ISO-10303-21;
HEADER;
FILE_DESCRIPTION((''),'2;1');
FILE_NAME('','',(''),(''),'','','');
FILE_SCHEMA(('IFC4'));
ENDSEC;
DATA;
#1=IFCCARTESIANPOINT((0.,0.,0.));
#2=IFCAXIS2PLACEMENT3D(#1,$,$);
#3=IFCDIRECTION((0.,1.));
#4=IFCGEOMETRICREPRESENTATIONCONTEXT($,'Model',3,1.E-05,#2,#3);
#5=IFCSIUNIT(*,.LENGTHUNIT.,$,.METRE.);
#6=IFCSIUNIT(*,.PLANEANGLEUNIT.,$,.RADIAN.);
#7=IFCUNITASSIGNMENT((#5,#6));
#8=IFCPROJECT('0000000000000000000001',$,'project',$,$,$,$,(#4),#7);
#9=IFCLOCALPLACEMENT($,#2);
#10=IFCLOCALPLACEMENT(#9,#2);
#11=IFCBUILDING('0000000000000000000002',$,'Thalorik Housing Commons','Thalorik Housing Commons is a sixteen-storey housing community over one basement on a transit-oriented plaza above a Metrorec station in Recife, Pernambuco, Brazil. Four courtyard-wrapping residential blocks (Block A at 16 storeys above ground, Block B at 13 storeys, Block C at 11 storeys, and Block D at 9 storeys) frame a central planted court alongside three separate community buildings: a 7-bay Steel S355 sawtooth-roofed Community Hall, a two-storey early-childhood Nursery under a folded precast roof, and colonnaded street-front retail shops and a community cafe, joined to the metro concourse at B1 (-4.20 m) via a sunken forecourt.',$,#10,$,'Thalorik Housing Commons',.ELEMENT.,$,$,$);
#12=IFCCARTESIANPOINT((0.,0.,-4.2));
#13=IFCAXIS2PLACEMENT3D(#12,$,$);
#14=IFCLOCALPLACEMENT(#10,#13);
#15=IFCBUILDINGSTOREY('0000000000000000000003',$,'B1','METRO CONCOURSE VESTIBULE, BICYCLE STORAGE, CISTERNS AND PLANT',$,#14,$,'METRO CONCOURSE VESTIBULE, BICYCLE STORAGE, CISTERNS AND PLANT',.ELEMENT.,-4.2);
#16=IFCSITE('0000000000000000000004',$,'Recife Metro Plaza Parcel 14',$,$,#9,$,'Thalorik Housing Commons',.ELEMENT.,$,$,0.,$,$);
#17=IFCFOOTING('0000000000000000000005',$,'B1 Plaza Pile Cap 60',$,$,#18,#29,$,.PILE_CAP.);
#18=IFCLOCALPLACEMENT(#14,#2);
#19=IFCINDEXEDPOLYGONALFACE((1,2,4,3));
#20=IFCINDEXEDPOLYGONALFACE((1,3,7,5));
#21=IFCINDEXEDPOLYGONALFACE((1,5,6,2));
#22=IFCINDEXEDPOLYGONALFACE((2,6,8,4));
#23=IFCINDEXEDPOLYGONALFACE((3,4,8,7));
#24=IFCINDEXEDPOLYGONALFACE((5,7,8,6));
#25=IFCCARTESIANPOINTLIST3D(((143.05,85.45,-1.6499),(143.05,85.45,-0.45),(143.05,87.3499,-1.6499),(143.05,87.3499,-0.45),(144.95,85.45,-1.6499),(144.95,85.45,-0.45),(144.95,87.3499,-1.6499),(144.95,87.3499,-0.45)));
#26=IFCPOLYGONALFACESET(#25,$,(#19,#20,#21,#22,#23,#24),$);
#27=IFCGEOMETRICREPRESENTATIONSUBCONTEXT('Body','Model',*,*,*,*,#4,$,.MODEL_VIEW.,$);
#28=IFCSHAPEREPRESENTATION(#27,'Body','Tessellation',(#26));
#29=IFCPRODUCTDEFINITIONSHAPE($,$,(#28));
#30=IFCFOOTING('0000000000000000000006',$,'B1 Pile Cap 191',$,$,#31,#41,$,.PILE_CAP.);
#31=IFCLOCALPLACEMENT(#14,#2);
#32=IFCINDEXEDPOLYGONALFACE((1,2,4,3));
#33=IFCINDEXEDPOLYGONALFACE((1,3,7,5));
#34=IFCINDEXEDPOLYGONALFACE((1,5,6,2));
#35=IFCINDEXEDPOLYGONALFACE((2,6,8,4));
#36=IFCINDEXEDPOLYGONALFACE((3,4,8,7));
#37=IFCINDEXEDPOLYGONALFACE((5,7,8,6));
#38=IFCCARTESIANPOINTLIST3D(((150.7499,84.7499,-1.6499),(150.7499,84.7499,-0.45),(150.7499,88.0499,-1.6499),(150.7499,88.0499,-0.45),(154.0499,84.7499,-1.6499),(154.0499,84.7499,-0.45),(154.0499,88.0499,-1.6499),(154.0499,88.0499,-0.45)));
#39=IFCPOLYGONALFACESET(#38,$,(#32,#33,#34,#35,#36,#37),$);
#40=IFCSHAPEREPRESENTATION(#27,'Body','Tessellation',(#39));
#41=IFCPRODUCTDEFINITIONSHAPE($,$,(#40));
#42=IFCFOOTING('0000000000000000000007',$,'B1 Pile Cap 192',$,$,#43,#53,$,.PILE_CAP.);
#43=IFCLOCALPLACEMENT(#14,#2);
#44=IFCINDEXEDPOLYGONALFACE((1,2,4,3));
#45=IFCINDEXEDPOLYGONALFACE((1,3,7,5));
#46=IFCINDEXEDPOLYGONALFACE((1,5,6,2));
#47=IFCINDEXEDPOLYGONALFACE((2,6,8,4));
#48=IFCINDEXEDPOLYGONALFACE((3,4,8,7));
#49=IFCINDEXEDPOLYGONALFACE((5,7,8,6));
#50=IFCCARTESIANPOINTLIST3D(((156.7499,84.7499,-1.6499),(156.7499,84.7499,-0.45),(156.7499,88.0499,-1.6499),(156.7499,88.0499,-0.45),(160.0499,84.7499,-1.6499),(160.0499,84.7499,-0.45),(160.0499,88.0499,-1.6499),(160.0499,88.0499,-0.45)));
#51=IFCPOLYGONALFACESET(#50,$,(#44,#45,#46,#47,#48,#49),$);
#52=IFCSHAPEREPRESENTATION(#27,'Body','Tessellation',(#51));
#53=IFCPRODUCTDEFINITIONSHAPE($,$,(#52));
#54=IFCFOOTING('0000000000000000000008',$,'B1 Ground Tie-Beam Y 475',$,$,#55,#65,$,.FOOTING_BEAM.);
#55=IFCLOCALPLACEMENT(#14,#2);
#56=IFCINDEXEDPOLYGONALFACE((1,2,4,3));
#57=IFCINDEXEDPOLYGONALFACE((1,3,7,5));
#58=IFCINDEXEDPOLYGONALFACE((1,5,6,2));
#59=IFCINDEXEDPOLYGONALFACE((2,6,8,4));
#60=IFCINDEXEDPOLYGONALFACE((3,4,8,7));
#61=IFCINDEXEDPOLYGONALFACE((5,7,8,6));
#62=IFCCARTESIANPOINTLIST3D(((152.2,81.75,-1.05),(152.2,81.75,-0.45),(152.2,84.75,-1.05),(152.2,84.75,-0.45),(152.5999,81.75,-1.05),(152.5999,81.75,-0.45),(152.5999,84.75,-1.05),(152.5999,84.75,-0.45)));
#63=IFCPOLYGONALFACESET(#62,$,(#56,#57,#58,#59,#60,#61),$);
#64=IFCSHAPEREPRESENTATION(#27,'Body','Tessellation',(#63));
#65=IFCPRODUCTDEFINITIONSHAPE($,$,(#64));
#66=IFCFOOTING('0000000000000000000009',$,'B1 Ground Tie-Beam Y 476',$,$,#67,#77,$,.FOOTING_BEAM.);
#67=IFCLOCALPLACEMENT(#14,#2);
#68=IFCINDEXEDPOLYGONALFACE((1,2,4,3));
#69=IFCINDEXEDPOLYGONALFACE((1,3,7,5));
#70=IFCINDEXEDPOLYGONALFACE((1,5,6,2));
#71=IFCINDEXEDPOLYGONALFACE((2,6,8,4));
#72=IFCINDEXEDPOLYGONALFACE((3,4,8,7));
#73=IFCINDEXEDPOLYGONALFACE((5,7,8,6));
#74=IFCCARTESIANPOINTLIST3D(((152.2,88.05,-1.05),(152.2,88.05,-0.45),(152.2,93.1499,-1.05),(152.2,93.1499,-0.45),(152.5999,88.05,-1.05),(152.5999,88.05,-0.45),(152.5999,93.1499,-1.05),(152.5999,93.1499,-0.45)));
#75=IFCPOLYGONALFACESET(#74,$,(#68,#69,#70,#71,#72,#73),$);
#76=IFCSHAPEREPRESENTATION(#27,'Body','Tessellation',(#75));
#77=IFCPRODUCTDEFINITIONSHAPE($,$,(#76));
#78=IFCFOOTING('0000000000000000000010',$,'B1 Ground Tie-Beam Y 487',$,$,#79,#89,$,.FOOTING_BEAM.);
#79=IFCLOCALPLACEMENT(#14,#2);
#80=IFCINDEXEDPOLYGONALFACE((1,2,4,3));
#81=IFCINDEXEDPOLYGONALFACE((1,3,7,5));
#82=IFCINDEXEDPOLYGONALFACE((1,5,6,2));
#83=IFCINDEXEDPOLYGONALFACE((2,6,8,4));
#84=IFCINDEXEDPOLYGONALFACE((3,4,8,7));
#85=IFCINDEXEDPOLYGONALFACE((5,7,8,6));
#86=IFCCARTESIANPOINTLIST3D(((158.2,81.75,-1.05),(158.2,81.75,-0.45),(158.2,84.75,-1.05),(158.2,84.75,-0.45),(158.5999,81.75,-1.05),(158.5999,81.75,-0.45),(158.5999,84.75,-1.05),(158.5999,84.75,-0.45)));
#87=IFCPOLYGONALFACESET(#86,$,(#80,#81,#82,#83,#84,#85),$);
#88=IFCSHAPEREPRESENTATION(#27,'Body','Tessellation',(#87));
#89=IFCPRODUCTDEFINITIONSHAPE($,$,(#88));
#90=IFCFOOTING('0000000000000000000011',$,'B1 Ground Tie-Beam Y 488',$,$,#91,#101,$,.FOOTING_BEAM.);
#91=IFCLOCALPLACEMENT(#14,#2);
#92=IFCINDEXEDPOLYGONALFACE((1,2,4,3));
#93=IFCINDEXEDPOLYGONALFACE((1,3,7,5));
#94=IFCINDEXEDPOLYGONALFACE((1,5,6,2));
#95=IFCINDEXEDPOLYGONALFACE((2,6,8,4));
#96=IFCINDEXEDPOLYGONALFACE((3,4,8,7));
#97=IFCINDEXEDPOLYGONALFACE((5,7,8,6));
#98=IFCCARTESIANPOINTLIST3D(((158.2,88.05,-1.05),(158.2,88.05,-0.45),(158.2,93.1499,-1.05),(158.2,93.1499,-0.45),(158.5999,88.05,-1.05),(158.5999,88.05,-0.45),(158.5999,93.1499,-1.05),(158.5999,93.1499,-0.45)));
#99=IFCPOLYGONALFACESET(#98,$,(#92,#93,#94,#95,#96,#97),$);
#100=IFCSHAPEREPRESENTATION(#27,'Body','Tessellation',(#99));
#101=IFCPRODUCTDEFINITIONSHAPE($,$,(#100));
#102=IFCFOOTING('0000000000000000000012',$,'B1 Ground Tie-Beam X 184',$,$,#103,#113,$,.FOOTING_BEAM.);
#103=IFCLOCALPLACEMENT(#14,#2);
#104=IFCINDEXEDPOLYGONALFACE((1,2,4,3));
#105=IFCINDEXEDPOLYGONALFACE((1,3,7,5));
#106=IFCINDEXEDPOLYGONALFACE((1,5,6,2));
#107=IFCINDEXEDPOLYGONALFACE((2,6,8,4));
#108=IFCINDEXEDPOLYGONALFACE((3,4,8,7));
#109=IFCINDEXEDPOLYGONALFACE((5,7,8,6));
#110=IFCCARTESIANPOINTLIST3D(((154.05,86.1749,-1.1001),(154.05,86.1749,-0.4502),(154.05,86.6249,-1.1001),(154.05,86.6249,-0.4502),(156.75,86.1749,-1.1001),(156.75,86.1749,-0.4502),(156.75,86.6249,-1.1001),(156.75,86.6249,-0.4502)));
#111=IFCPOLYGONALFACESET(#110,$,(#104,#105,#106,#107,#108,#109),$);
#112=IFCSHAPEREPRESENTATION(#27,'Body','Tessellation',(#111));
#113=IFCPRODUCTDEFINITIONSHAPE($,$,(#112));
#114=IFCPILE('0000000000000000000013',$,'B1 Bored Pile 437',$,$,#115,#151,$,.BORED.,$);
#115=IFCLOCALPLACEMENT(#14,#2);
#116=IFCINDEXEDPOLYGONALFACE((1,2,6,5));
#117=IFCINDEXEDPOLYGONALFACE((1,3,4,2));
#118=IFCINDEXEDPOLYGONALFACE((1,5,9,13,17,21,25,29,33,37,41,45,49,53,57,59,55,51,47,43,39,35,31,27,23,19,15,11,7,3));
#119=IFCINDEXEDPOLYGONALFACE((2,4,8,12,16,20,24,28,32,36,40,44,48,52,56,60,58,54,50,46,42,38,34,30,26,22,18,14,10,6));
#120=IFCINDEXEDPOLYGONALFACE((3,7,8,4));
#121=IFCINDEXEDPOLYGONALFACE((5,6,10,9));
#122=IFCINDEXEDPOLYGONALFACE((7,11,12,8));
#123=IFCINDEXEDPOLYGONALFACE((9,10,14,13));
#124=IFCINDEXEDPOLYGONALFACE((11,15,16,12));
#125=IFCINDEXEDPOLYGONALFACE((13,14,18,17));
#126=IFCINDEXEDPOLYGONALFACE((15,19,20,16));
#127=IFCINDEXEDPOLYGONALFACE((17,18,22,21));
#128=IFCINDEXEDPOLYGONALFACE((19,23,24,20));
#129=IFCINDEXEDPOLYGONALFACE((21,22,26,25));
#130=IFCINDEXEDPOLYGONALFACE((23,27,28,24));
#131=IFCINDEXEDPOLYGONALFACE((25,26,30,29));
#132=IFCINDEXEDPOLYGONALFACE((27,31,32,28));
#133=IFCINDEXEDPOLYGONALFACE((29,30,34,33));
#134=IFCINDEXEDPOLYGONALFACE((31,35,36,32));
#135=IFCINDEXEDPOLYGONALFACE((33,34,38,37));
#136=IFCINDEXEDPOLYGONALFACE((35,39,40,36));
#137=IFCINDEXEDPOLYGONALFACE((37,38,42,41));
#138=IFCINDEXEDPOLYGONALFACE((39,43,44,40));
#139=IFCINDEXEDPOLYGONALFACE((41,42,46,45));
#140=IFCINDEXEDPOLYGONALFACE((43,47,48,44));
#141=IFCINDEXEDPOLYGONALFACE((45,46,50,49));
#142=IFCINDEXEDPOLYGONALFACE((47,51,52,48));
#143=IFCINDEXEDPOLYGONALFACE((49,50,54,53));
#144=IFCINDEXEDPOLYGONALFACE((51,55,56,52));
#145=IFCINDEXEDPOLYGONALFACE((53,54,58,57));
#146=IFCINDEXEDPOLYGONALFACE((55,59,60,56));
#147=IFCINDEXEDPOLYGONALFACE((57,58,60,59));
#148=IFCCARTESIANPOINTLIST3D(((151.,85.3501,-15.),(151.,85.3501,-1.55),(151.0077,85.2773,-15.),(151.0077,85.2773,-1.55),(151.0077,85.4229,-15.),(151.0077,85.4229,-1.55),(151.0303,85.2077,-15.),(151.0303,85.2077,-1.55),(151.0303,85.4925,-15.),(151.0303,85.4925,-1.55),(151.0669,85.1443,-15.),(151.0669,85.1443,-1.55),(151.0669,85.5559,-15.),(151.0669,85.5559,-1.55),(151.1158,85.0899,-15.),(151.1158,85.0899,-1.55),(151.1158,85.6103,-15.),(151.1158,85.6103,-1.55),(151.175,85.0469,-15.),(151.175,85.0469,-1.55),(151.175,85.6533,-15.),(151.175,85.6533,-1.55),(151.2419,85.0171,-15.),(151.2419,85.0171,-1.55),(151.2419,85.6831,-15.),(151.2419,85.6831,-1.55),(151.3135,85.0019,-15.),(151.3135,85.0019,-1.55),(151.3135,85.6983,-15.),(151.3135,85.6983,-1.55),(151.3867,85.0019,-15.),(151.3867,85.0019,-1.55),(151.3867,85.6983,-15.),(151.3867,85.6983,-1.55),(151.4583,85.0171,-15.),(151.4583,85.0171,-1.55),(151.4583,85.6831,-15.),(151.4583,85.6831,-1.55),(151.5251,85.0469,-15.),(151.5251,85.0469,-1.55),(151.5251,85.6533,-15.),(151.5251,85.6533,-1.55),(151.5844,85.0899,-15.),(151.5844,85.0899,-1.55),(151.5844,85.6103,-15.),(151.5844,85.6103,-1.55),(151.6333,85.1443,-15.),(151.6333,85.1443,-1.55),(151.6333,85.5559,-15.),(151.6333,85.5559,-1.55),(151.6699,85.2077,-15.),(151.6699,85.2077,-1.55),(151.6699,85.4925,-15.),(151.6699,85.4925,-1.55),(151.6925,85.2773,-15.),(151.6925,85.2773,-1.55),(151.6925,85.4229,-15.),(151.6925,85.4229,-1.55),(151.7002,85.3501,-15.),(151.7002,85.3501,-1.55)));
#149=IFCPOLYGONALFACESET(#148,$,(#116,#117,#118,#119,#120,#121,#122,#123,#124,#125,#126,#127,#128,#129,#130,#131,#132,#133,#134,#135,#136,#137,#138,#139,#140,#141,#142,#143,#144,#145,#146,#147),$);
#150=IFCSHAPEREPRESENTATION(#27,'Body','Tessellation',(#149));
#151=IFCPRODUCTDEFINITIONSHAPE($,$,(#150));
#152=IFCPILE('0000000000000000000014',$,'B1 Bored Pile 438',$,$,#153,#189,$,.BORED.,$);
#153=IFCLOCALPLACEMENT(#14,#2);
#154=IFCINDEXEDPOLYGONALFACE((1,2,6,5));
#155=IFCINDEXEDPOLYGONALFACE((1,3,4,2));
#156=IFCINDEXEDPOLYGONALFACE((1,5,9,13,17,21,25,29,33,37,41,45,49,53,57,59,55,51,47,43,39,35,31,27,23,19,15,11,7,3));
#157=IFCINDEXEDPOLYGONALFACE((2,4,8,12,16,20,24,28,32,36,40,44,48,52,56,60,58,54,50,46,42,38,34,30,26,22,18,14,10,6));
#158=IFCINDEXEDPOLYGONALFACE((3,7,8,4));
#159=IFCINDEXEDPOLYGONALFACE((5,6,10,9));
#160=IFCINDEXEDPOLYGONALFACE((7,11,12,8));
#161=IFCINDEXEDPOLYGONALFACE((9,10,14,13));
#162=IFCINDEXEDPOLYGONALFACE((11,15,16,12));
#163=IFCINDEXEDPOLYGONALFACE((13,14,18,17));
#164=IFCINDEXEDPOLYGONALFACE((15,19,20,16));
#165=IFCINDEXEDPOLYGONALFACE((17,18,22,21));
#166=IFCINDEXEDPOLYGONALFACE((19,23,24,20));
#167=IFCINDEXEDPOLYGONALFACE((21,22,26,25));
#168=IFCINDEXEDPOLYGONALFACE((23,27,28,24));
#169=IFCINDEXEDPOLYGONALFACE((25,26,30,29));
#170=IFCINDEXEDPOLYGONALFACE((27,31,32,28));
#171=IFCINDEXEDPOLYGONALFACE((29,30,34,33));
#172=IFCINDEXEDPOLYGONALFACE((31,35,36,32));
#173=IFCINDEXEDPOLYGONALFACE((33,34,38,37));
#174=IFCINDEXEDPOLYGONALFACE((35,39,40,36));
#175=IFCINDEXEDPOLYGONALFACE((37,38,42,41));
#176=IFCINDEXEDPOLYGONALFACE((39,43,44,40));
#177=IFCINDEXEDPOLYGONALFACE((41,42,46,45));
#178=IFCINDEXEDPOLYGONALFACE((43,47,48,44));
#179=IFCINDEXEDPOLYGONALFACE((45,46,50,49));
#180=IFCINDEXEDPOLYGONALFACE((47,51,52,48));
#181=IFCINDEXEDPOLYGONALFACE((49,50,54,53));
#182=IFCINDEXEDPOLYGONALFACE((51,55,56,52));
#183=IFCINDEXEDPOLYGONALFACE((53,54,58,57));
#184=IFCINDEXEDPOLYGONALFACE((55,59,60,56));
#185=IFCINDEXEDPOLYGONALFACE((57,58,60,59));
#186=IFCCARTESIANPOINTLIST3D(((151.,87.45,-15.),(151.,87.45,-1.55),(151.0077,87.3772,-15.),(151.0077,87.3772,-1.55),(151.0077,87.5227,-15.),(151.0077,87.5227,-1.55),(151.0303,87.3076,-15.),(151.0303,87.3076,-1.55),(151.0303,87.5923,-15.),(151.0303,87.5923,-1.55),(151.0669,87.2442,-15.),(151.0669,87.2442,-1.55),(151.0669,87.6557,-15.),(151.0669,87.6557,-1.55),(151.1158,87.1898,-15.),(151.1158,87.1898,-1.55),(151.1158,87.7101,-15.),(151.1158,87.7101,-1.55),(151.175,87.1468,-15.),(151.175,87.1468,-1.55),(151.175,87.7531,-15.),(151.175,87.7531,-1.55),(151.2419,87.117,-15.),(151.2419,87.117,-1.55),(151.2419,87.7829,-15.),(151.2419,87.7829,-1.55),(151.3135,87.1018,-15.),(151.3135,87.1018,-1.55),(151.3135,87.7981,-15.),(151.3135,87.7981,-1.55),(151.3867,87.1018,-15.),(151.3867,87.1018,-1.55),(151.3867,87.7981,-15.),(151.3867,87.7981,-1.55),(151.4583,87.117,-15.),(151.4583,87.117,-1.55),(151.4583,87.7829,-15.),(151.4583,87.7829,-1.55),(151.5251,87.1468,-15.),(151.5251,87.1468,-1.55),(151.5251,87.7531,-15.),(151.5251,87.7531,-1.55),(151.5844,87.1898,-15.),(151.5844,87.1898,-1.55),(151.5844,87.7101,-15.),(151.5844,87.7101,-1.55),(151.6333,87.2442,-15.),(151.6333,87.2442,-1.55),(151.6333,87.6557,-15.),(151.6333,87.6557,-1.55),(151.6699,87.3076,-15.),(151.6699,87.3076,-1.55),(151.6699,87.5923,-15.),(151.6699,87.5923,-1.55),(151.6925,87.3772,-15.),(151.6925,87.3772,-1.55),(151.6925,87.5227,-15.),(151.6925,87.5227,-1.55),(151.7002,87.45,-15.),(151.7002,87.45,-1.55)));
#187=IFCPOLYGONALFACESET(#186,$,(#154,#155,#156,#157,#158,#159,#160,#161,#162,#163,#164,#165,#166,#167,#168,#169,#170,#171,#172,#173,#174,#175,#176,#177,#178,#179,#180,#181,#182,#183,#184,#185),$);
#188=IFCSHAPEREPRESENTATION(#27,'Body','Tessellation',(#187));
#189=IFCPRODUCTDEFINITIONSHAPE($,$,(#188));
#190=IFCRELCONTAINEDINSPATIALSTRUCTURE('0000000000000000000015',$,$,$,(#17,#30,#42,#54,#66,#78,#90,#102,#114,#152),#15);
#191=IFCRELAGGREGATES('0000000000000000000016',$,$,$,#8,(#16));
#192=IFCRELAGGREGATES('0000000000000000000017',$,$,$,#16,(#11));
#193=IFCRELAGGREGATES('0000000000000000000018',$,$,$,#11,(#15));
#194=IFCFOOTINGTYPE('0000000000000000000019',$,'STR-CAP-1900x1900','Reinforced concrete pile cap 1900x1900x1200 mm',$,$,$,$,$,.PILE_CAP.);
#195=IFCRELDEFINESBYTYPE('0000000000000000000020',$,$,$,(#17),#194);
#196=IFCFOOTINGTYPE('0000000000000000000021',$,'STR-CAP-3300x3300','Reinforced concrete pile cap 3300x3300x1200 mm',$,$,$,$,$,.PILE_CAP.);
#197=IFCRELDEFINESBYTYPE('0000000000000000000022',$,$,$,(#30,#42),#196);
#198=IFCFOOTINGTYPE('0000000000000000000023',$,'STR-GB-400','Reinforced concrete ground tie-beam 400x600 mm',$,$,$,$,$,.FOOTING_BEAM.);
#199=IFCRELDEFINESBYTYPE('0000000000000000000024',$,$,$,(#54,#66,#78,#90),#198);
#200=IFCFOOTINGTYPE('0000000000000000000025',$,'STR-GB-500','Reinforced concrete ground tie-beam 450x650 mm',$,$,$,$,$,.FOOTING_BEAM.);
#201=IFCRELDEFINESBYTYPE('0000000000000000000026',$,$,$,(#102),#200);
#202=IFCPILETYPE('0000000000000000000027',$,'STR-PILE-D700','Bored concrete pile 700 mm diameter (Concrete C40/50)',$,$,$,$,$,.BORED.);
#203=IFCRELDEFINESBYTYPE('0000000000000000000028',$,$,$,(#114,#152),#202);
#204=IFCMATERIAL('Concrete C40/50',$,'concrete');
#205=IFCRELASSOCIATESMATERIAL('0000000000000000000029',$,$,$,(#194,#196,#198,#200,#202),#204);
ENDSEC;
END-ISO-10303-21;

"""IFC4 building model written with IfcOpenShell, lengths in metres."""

from ifc_helpers import new_model, si_unit, direction, frame, origin, origin_2d, place, context, subcontext, project, spatial, rectangle, circle, extrude, material, material_profile, profile_set, type_object, element, save


model = new_model("IFC4")

# Units and contexts
model_context = context("Model", 3, precision=1e-05, world=origin(), true_north=direction((0.0, 1.0)))
body_context = subcontext(model_context, "Body", "Model", "MODEL_VIEW")
ifc_project = project(units=[si_unit("LENGTHUNIT", "METRE"), si_unit("PLANEANGLEUNIT", "RADIAN")], contexts=[model_context])

# Site, building, storey
site_placement = place(None, origin())
site = spatial("IfcSite", under=ifc_project, at=site_placement, Name="Recife Metro Plaza Parcel 14", LongName="Thalorik Housing Commons", CompositionType="ELEMENT", RefElevation=0.0)
building_placement = place(site_placement, origin())
building = spatial("IfcBuilding", under=site, at=building_placement, Name="Thalorik Housing Commons", Description="Thalorik Housing Commons is a sixteen-storey housing community over one basement on a transit-oriented plaza above a Metrorec station in Recife, Pernambuco, Brazil. Four courtyard-wrapping residential blocks (Block A at 16 storeys above ground, Block B at 13 storeys, Block C at 11 storeys, and Block D at 9 storeys) frame a central planted court alongside three separate community buildings: a 7-bay Steel S355 sawtooth-roofed Community Hall, a two-storey early-childhood Nursery under a folded precast roof, and colonnaded street-front retail shops and a community cafe, joined to the metro concourse at B1 (-4.20 m) via a sunken forecourt.", LongName="Thalorik Housing Commons", CompositionType="ELEMENT")
storey_placement = place(building_placement, frame((0.0, 0.0, -4.2)))
storey = spatial("IfcBuildingStorey", under=building, at=storey_placement, Name="B1", Description="METRO CONCOURSE VESTIBULE, BICYCLE STORAGE, CISTERNS AND PLANT", LongName="METRO CONCOURSE VESTIBULE, BICYCLE STORAGE, CISTERNS AND PLANT", CompositionType="ELEMENT", Elevation=-4.2)

# Footings
ifc_material_1 = material(Name="Concrete C40/50", Category="concrete")
footing_type_1 = type_object("IfcFootingType", Name="STR-CAP-1900x1900", Description="Reinforced concrete pile cap 1900x1900x1200 mm", PredefinedType="PILE_CAP", material=ifc_material_1)
footing_1_placement = place(storey_placement, frame((144.0, 86.3999, -1.6499), z_axis=(0.0, 0.0, 1.0), x_axis=(1.0, 0.0, 0.0)))
element("IfcFooting", 1, at=footing_1_placement, inside=storey, type_object=footing_type_1, Name="B1 Plaza Pile Cap 60", PredefinedType="PILE_CAP", context=body_context, shape_type="SweptSolid", body=[
    extrude(rectangle(XDim=1.8999, YDim=1.8999, at=origin_2d()), origin(), (0.0, 0.0, 1.0), 1.2),
])
footing_type_2 = type_object("IfcFootingType", Name="STR-CAP-3300x3300", Description="Reinforced concrete pile cap 3300x3300x1200 mm", PredefinedType="PILE_CAP", material=ifc_material_1)
for number, where, z_axis, x_axis, name in (
    (2, (152.3999, 86.3999, -1.6499), (0.0, 0.0, 1.0), (1.0, 0.0, 0.0), "B1 Pile Cap 191"),
    (3, (158.3999, 86.3999, -1.6499), (0.0, 0.0, 1.0), (1.0, 0.0, 0.0), "B1 Pile Cap 192"),
):
    element("IfcFooting", number, at=place(storey_placement, frame(where, z_axis=z_axis, x_axis=x_axis)), inside=storey, type_object=footing_type_2, Name=name, PredefinedType="PILE_CAP", context=body_context, shape_type="SweptSolid", body=[
        extrude(rectangle(XDim=3.3, YDim=3.3, at=origin_2d()), origin(), (0.0, 0.0, 1.0), 1.2),
    ])
ifc_material_profile_1 = material_profile(ifc_material_1, rectangle(XDim=0.3999, YDim=0.6001, at=origin_2d()), Name="RC 400x600", Category="concrete")
ifc_profile_set_1 = profile_set([ifc_material_profile_1], Name="Concrete C40/50")
footing_type_3 = type_object("IfcFootingType", Name="STR-GB-400", Description="Reinforced concrete ground tie-beam 400x600 mm", PredefinedType="FOOTING_BEAM", material=ifc_profile_set_1)
footing_2_placement = place(storey_placement, frame((152.3999, 81.75, -0.75), z_axis=(0.0, 1.0, 0.0), x_axis=(-1.0, 0.0, 0.0)))
element("IfcFooting", 4, at=footing_2_placement, inside=storey, type_object=footing_type_3, Name="B1 Ground Tie-Beam Y 475", PredefinedType="FOOTING_BEAM", context=body_context, shape_type="SweptSolid", body=[
    extrude(rectangle(XDim=0.3999, YDim=0.6001, at=origin_2d()), origin(), (0.0, 0.0, 1.0), 3.0),
])
footing_3_placement = place(storey_placement, frame((152.3999, 88.05, -0.75), z_axis=(0.0, 1.0, 0.0), x_axis=(-1.0, 0.0, 0.0)))
element("IfcFooting", 5, at=footing_3_placement, inside=storey, type_object=footing_type_3, Name="B1 Ground Tie-Beam Y 476", PredefinedType="FOOTING_BEAM", context=body_context, shape_type="SweptSolid", body=[
    extrude(rectangle(XDim=0.3999, YDim=0.6001, at=origin_2d()), origin(), (0.0, 0.0, 1.0), 5.0999),
])
footing_4_placement = place(storey_placement, frame((158.3999, 81.75, -0.75), z_axis=(0.0, 1.0, 0.0), x_axis=(-1.0, 0.0, 0.0)))
element("IfcFooting", 6, at=footing_4_placement, inside=storey, type_object=footing_type_3, Name="B1 Ground Tie-Beam Y 487", PredefinedType="FOOTING_BEAM", context=body_context, shape_type="SweptSolid", body=[
    extrude(rectangle(XDim=0.3999, YDim=0.6001, at=origin_2d()), origin(), (0.0, 0.0, 1.0), 3.0),
])
footing_5_placement = place(storey_placement, frame((158.3999, 88.05, -0.75), z_axis=(0.0, 1.0, 0.0), x_axis=(-1.0, 0.0, 0.0)))
element("IfcFooting", 7, at=footing_5_placement, inside=storey, type_object=footing_type_3, Name="B1 Ground Tie-Beam Y 488", PredefinedType="FOOTING_BEAM", context=body_context, shape_type="SweptSolid", body=[
    extrude(rectangle(XDim=0.3999, YDim=0.6001, at=origin_2d()), origin(), (0.0, 0.0, 1.0), 5.0999),
])
ifc_material_profile_2 = material_profile(ifc_material_1, rectangle(XDim=0.45, YDim=0.6499, at=origin_2d()), Name="RC 450x650", Category="concrete")
ifc_profile_set_2 = profile_set([ifc_material_profile_2], Name="Concrete C40/50")
footing_type_4 = type_object("IfcFootingType", Name="STR-GB-500", Description="Reinforced concrete ground tie-beam 450x650 mm", PredefinedType="FOOTING_BEAM", material=ifc_profile_set_2)
footing_6_placement = place(storey_placement, frame((154.05, 86.3999, -0.7751), z_axis=(1.0, 0.0, 0.0), x_axis=(0.0, 1.0, 0.0)))
element("IfcFooting", 8, at=footing_6_placement, inside=storey, type_object=footing_type_4, Name="B1 Ground Tie-Beam X 184", PredefinedType="FOOTING_BEAM", context=body_context, shape_type="SweptSolid", body=[
    extrude(rectangle(XDim=0.45, YDim=0.6499, at=origin_2d()), origin(), (0.0, 0.0, 1.0), 2.7),
])

# Piles
ifc_material_profile_3 = material_profile(ifc_material_1, circle(Radius=0.3501, at=origin_2d()), Name="BORED PILE D700", Category="concrete")
ifc_profile_set_3 = profile_set([ifc_material_profile_3], Name="Concrete C40/50")
pile_type = type_object("IfcPileType", Name="STR-PILE-D700", Description="Bored concrete pile 700 mm diameter (Concrete C40/50)", PredefinedType="BORED", material=ifc_profile_set_3)
for number, where, z_axis, x_axis, name in (
    (9, (151.3501, 85.3501, -1.55), (0.0, 0.0, -1.0), (1.0, 0.0, 0.0), "B1 Bored Pile 437"),
    (10, (151.3501, 87.45, -1.55), (0.0, 0.0, -1.0), (1.0, 0.0, 0.0), "B1 Bored Pile 438"),
):
    element("IfcPile", number, at=place(storey_placement, frame(where, z_axis=z_axis, x_axis=x_axis)), inside=storey, type_object=pile_type, Name=name, PredefinedType="BORED", context=body_context, shape_type="SweptSolid", body=[
        extrude(circle(Radius=0.3501, at=origin_2d()), origin(), (0.0, 0.0, 1.0), 13.45),
    ])

save(model, "model.ifc")
